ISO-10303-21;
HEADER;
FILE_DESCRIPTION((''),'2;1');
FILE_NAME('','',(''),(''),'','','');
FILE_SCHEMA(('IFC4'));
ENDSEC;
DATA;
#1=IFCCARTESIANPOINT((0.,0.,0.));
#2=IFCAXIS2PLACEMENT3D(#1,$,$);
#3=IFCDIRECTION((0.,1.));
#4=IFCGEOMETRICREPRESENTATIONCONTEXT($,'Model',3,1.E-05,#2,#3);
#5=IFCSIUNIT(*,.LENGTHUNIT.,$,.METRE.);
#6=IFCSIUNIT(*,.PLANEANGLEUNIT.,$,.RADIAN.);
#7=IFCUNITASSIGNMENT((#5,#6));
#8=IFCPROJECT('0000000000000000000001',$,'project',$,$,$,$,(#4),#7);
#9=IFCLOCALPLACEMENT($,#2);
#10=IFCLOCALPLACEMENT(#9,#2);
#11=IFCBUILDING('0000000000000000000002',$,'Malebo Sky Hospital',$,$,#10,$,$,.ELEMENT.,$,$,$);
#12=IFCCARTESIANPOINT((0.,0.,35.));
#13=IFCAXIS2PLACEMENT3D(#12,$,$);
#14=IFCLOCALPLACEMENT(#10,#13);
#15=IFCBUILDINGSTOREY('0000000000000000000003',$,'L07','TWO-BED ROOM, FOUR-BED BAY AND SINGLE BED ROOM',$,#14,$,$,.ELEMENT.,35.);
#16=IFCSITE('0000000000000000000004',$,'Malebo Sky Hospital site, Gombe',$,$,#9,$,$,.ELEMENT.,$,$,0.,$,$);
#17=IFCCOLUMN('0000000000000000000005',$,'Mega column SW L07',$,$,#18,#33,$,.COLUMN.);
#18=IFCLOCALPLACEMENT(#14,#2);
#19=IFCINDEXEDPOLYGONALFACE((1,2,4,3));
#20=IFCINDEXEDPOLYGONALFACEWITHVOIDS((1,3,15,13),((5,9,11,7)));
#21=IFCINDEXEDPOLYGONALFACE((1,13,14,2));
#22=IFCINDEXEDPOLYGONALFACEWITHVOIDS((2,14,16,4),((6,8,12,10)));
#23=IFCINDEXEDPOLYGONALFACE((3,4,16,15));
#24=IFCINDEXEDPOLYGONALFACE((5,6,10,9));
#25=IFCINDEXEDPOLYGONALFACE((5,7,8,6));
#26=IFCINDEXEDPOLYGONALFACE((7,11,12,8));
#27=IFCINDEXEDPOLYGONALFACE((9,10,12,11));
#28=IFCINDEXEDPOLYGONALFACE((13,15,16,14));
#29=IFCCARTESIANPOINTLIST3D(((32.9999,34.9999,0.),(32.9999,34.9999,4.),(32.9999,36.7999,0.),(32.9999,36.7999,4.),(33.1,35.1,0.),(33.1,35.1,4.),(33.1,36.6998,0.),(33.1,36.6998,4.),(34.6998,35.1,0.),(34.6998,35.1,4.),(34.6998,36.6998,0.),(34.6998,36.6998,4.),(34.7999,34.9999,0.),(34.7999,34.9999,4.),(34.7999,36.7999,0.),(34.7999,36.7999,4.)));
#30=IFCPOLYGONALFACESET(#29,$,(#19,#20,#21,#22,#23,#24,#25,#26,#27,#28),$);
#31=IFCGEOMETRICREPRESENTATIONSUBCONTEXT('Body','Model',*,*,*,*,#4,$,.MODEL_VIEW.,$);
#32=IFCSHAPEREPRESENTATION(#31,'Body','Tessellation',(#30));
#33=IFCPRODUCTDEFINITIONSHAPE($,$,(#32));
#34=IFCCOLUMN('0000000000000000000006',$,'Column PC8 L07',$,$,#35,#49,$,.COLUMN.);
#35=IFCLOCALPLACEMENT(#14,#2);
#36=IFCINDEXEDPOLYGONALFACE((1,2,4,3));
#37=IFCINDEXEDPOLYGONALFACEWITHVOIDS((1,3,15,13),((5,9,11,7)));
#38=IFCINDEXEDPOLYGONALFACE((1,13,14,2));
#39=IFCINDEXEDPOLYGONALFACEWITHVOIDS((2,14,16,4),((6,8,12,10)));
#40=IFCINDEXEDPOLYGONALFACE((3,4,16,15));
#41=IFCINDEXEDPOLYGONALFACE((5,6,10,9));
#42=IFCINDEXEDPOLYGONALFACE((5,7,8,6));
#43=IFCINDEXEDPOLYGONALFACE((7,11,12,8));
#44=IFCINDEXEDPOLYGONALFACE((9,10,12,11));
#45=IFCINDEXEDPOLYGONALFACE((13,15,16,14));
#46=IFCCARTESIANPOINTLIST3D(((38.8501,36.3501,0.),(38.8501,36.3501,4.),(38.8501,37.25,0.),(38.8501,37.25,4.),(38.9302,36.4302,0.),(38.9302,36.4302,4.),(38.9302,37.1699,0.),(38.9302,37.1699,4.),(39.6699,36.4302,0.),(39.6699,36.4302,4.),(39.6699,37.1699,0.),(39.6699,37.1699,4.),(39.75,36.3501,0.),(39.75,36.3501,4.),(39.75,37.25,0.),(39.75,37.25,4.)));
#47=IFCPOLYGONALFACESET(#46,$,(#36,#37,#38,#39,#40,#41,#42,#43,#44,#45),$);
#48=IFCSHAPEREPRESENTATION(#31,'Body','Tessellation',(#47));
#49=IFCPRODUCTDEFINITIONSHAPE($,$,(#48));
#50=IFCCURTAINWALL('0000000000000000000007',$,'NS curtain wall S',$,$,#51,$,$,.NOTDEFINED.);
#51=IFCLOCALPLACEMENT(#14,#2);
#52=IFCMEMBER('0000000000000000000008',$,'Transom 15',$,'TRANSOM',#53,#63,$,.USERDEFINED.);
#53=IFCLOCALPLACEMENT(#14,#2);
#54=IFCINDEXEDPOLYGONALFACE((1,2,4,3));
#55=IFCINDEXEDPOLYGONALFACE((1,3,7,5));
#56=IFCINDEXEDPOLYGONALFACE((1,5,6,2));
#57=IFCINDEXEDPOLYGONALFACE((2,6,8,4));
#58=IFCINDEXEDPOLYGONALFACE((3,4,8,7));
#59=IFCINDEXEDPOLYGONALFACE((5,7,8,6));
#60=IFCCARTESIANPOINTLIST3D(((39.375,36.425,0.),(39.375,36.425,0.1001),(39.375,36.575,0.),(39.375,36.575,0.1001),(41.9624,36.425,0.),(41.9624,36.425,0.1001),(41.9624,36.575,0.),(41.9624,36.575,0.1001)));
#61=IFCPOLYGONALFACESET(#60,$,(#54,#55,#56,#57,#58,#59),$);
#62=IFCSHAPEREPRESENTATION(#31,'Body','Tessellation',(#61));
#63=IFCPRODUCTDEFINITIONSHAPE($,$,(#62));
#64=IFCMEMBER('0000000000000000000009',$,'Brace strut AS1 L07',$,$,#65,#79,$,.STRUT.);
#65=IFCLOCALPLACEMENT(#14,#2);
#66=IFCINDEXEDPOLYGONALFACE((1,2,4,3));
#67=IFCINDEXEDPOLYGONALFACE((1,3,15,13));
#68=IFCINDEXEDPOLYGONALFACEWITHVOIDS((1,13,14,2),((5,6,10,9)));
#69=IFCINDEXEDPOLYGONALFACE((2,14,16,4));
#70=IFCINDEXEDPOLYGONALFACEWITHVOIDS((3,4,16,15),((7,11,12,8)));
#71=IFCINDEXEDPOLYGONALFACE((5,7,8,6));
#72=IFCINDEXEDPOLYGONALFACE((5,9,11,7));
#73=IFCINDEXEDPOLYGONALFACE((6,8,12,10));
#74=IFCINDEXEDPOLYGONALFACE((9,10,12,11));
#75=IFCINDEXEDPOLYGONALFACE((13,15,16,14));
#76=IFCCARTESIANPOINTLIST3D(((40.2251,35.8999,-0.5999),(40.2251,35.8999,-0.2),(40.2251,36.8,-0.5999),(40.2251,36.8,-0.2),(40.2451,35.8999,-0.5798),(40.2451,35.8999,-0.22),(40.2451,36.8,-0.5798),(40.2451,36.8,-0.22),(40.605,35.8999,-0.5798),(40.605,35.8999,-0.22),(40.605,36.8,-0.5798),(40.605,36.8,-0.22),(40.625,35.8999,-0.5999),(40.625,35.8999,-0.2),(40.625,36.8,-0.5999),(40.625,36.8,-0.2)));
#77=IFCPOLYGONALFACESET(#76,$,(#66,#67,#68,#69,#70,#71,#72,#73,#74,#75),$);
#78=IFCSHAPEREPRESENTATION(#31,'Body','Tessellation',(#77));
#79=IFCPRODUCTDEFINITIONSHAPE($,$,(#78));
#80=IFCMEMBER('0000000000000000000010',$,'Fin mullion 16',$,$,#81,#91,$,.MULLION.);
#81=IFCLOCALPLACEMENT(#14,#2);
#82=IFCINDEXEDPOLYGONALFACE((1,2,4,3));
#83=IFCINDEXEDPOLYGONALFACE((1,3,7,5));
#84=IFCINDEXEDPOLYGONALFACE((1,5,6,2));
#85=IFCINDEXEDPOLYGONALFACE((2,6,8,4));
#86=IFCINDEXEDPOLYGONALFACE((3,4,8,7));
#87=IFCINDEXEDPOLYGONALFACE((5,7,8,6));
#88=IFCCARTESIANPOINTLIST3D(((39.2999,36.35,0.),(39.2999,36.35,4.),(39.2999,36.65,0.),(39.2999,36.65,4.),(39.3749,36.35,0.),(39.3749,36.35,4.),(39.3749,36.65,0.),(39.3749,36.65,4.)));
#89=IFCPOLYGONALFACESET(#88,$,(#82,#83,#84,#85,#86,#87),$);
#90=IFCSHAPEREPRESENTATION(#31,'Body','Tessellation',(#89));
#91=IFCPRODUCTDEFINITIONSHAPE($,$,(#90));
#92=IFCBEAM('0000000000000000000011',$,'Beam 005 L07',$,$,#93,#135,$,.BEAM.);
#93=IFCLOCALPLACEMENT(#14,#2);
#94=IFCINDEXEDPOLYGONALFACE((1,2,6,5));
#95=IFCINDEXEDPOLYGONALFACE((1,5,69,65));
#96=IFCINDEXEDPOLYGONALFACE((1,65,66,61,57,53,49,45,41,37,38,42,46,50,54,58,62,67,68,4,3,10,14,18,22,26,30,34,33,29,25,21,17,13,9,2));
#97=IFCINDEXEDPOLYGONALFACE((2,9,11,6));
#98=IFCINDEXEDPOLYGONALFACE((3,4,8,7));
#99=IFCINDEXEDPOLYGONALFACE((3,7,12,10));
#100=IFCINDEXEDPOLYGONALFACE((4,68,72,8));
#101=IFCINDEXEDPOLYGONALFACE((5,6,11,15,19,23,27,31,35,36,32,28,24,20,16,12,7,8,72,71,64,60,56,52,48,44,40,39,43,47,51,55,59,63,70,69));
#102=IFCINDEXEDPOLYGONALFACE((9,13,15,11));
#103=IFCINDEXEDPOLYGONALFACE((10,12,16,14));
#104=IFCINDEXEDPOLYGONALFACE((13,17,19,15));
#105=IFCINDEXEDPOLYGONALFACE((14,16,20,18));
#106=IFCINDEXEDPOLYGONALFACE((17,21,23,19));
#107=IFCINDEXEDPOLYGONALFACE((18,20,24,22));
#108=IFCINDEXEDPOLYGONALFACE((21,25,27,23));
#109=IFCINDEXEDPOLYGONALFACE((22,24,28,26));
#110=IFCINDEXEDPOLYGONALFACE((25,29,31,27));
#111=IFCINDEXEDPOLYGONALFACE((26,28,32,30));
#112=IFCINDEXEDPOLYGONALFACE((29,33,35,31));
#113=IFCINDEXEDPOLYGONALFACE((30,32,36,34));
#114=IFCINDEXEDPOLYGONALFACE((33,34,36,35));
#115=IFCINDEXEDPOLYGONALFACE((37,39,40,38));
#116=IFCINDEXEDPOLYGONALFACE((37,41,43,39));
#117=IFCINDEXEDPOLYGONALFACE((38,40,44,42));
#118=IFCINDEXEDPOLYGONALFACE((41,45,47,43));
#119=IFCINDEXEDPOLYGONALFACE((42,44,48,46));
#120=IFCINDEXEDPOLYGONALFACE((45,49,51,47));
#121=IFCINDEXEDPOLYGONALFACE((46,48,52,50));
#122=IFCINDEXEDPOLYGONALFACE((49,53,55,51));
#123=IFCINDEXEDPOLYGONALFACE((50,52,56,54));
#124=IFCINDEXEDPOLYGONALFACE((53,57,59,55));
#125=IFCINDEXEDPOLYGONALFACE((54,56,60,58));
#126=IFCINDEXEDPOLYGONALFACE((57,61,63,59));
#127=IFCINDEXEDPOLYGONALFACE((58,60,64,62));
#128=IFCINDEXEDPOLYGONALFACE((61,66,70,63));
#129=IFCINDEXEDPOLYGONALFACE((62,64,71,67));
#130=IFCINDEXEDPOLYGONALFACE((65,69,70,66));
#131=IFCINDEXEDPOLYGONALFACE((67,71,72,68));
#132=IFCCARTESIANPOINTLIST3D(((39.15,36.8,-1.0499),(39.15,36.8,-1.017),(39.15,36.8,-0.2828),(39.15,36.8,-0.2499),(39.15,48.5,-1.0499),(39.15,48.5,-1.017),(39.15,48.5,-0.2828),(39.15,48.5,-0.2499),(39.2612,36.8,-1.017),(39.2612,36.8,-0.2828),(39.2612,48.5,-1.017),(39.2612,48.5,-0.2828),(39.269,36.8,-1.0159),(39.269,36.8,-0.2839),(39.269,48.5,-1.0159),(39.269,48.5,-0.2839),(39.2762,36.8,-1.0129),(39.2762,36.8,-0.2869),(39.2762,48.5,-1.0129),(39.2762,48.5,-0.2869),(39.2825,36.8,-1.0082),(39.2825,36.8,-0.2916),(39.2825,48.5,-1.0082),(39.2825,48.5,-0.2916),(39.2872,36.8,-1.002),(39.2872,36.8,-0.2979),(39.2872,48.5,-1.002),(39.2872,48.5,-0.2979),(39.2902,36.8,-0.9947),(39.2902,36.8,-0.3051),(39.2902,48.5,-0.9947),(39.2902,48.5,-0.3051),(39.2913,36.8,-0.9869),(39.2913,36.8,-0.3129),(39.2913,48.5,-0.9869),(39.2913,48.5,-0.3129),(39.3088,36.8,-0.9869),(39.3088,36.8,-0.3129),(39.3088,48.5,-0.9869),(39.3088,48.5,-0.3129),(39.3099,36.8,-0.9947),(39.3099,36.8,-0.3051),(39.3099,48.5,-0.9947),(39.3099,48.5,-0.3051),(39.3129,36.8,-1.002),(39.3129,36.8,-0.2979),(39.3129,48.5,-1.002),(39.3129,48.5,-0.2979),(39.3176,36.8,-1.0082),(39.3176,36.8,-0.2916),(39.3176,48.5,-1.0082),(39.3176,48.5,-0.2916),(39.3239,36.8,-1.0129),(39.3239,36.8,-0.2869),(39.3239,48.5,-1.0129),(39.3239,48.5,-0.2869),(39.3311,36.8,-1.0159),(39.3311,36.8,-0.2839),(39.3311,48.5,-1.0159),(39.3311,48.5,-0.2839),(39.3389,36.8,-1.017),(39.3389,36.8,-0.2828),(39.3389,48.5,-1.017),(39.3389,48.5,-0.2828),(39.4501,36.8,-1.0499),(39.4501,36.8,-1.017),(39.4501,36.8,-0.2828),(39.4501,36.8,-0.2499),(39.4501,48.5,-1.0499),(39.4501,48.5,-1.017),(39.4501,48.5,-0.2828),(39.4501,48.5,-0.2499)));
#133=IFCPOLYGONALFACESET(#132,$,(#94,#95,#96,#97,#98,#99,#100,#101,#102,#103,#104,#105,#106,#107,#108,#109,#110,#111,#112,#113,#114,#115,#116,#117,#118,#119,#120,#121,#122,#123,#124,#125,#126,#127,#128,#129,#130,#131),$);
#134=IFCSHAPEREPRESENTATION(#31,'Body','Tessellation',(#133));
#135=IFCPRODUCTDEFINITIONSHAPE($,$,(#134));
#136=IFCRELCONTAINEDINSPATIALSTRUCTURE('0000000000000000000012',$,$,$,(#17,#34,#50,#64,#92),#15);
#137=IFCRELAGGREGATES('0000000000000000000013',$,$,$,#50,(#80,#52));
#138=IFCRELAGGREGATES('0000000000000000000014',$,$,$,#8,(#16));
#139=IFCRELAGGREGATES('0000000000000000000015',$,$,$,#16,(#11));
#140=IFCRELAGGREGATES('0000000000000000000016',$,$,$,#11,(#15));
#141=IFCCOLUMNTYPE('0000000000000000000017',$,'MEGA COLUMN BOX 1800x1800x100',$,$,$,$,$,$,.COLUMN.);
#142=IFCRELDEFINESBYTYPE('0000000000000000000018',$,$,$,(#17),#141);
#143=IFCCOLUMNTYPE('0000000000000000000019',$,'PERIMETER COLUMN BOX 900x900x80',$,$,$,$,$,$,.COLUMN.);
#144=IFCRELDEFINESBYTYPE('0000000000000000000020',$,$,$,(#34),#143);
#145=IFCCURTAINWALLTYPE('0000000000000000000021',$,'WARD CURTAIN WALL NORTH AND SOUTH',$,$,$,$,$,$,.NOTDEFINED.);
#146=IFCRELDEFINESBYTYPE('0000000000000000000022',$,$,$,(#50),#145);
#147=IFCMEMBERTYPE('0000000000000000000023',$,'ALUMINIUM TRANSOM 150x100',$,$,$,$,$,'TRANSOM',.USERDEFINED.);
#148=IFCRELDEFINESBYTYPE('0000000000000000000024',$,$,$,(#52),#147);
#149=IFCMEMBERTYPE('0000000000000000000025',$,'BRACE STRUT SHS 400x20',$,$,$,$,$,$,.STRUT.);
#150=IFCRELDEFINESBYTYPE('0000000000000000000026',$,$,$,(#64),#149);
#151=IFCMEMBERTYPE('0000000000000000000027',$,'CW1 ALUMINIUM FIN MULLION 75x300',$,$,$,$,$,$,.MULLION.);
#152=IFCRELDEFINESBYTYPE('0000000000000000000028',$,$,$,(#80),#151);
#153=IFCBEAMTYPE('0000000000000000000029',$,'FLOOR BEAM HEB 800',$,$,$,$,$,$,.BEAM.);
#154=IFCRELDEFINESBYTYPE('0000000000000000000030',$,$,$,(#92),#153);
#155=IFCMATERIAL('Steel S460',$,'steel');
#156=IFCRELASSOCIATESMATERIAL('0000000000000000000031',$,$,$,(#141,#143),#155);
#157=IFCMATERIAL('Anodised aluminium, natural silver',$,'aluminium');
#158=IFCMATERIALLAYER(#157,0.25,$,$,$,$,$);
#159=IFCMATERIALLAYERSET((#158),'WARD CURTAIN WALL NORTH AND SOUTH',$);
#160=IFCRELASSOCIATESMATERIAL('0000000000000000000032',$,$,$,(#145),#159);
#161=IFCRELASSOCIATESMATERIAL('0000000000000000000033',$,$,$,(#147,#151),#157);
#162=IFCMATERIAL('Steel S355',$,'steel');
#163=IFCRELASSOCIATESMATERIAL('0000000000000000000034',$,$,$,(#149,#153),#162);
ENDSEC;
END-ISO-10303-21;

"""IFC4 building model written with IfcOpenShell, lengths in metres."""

from ifc_helpers import new_model, si_unit, direction, frame, origin, origin_2d, place, context, subcontext, project, spatial, rectangle, hollow_rectangle, i_section, extrude, material, layer, layer_set, material_profile, profile_set, type_object, element, aggregate, save


model = new_model("IFC4")

# Units and contexts
model_context = context("Model", 3, precision=1e-05, world=origin(), true_north=direction((0.0, 1.0)))
body_context = subcontext(model_context, "Body", "Model", "MODEL_VIEW")
ifc_project = project(units=[si_unit("LENGTHUNIT", "METRE"), si_unit("PLANEANGLEUNIT", "RADIAN")], contexts=[model_context])

# Site, building, storey
site_placement = place(None, origin())
site = spatial("IfcSite", under=ifc_project, at=site_placement, Name="Malebo Sky Hospital site, Gombe", CompositionType="ELEMENT", RefElevation=0.0)
building_placement = place(site_placement, origin())
building = spatial("IfcBuilding", under=site, at=building_placement, Name="Malebo Sky Hospital", CompositionType="ELEMENT")
storey_placement = place(building_placement, frame((0.0, 0.0, 35.0)))
storey = spatial("IfcBuildingStorey", under=building, at=storey_placement, Name="L07", Description="TWO-BED ROOM, FOUR-BED BAY AND SINGLE BED ROOM", CompositionType="ELEMENT", Elevation=35.0)

# Columns
ifc_material_1 = material(Name="Steel S460", Category="steel")
ifc_material_profile_1 = material_profile(ifc_material_1, hollow_rectangle(XDim=1.8, YDim=1.8, WallThickness=0.1001, at=origin_2d()), Name="BOX 1800x1800x100")
ifc_profile_set_1 = profile_set([ifc_material_profile_1], Name="Steel S460")
column_type_1 = type_object("IfcColumnType", Name="MEGA COLUMN BOX 1800x1800x100", PredefinedType="COLUMN", material=ifc_profile_set_1)
column_1_placement = place(storey_placement, frame((33.8999, 35.8999, 0.0), z_axis=(0.0, 0.0, 1.0), x_axis=(1.0, 0.0, 0.0)))
element("IfcColumn", 1, at=column_1_placement, inside=storey, type_object=column_type_1, Name="Mega column SW L07", PredefinedType="COLUMN", context=body_context, shape_type="SweptSolid", body=[
    extrude(hollow_rectangle(XDim=1.8, YDim=1.8, WallThickness=0.1001, at=origin_2d()), origin(), (0.0, 0.0, 1.0), 4.0),
])
ifc_material_profile_2 = material_profile(ifc_material_1, hollow_rectangle(XDim=0.8999, YDim=0.8999, WallThickness=0.0801, at=origin_2d()), Name="BOX 900x900x80")
ifc_profile_set_2 = profile_set([ifc_material_profile_2], Name="Steel S460")
column_type_2 = type_object("IfcColumnType", Name="PERIMETER COLUMN BOX 900x900x80", PredefinedType="COLUMN", material=ifc_profile_set_2)
column_2_placement = place(storey_placement, frame((39.3, 36.8, 0.0), z_axis=(0.0, 0.0, 1.0), x_axis=(1.0, 0.0, 0.0)))
element("IfcColumn", 2, at=column_2_placement, inside=storey, type_object=column_type_2, Name="Column PC8 L07", PredefinedType="COLUMN", context=body_context, shape_type="SweptSolid", body=[
    extrude(hollow_rectangle(XDim=0.8999, YDim=0.8999, WallThickness=0.0801, at=origin_2d()), origin(), (0.0, 0.0, 1.0), 4.0),
])

# Curtain wall, member
ifc_material_2 = material(Name="Anodised aluminium, natural silver", Category="aluminium")
ifc_layer_1 = layer(ifc_material_2, 0.25)
ifc_layer_set_1 = layer_set([ifc_layer_1], Name="WARD CURTAIN WALL NORTH AND SOUTH")
curtain_wall_type = type_object("IfcCurtainWallType", Name="WARD CURTAIN WALL NORTH AND SOUTH", PredefinedType="NOTDEFINED", material=ifc_layer_set_1)
curtain_wall_placement = place(storey_placement, origin())
curtain_wall = element("IfcCurtainWall", 3, at=curtain_wall_placement, inside=storey, type_object=curtain_wall_type, Name="NS curtain wall S", PredefinedType="NOTDEFINED")
ifc_material_profile_3 = material_profile(ifc_material_2, rectangle(XDim=0.1499, YDim=0.1001, at=origin_2d()), Name="ALUMINIUM TRANSOM 150x100")
ifc_profile_set_3 = profile_set([ifc_material_profile_3], Name="Anodised aluminium, natural silver")
member_type_1 = type_object("IfcMemberType", Name="ALUMINIUM TRANSOM 150x100", ElementType="TRANSOM", PredefinedType="USERDEFINED", material=ifc_profile_set_3)
member_1_placement = place(storey_placement, frame((41.9624, 36.5, 0.05), z_axis=(-1.0, 0.0, 0.0), x_axis=(0.0, -1.0, 0.0)))
member_1 = element("IfcMember", 4, at=member_1_placement, type_object=member_type_1, Name="Transom 15", ObjectType="TRANSOM", PredefinedType="USERDEFINED", context=body_context, shape_type="SweptSolid", body=[
    extrude(rectangle(XDim=0.1499, YDim=0.1001, at=origin_2d()), origin(), (0.0, 0.0, 1.0), 2.5874),
])

# Members
ifc_material_3 = material(Name="Steel S355", Category="steel")
ifc_material_profile_4 = material_profile(ifc_material_3, hollow_rectangle(XDim=0.3999, YDim=0.3999, WallThickness=0.02, at=origin_2d()), Name="SHS 400x20")
ifc_profile_set_4 = profile_set([ifc_material_profile_4], Name="Steel S355")
member_type_2 = type_object("IfcMemberType", Name="BRACE STRUT SHS 400x20", PredefinedType="STRUT", material=ifc_profile_set_4)
member_2_placement = place(storey_placement, frame((40.425, 35.8999, -0.3999), z_axis=(0.0, 1.0, 0.0), x_axis=(-1.0, 0.0, 0.0)))
element("IfcMember", 5, at=member_2_placement, inside=storey, type_object=member_type_2, Name="Brace strut AS1 L07", PredefinedType="STRUT", context=body_context, shape_type="SweptSolid", body=[
    extrude(hollow_rectangle(XDim=0.3999, YDim=0.3999, WallThickness=0.02, at=origin_2d()), origin(), (0.0, 0.0, 1.0), 0.9001),
])
ifc_material_profile_5 = material_profile(ifc_material_2, rectangle(XDim=0.075, YDim=0.3, at=origin_2d()), Name="CW1 ALUMINIUM FIN MULLION 75x300")
ifc_profile_set_5 = profile_set([ifc_material_profile_5], Name="Anodised aluminium, natural silver")
member_type_3 = type_object("IfcMemberType", Name="CW1 ALUMINIUM FIN MULLION 75x300", PredefinedType="MULLION", material=ifc_profile_set_5)
member_3_placement = place(storey_placement, frame((39.3374, 36.5, 0.0), z_axis=(0.0, 0.0, 1.0), x_axis=(-1.0, 0.0, 0.0)))
member_3 = element("IfcMember", 6, at=member_3_placement, type_object=member_type_3, Name="Fin mullion 16", PredefinedType="MULLION", context=body_context, shape_type="SweptSolid", body=[
    extrude(rectangle(XDim=0.075, YDim=0.3, at=origin_2d()), origin(), (0.0, 0.0, 1.0), 4.0),
])

# Beam
ifc_material_profile_6 = material_profile(ifc_material_3, i_section(OverallWidth=0.3, OverallDepth=0.8, WebThickness=0.0176, FlangeThickness=0.033, FilletRadius=0.03, at=origin_2d()), Name="HEB 800")
ifc_profile_set_6 = profile_set([ifc_material_profile_6], Name="Steel S355")
beam_type = type_object("IfcBeamType", Name="FLOOR BEAM HEB 800", PredefinedType="BEAM", material=ifc_profile_set_6)
beam_placement = place(storey_placement, frame((39.3, 36.8, -0.6499), z_axis=(0.0, 1.0, 0.0), x_axis=(-1.0, 0.0, 0.0)))
element("IfcBeam", 7, at=beam_placement, inside=storey, type_object=beam_type, Name="Beam 005 L07", PredefinedType="BEAM", context=body_context, shape_type="SweptSolid", body=[
    extrude(i_section(OverallWidth=0.3, OverallDepth=0.8, WebThickness=0.0176, FlangeThickness=0.033, FilletRadius=0.03, at=origin_2d()), origin(), (0.0, 0.0, 1.0), 11.7),
])

aggregate(curtain_wall, [member_3, member_1])

save(model, "model.ifc")
